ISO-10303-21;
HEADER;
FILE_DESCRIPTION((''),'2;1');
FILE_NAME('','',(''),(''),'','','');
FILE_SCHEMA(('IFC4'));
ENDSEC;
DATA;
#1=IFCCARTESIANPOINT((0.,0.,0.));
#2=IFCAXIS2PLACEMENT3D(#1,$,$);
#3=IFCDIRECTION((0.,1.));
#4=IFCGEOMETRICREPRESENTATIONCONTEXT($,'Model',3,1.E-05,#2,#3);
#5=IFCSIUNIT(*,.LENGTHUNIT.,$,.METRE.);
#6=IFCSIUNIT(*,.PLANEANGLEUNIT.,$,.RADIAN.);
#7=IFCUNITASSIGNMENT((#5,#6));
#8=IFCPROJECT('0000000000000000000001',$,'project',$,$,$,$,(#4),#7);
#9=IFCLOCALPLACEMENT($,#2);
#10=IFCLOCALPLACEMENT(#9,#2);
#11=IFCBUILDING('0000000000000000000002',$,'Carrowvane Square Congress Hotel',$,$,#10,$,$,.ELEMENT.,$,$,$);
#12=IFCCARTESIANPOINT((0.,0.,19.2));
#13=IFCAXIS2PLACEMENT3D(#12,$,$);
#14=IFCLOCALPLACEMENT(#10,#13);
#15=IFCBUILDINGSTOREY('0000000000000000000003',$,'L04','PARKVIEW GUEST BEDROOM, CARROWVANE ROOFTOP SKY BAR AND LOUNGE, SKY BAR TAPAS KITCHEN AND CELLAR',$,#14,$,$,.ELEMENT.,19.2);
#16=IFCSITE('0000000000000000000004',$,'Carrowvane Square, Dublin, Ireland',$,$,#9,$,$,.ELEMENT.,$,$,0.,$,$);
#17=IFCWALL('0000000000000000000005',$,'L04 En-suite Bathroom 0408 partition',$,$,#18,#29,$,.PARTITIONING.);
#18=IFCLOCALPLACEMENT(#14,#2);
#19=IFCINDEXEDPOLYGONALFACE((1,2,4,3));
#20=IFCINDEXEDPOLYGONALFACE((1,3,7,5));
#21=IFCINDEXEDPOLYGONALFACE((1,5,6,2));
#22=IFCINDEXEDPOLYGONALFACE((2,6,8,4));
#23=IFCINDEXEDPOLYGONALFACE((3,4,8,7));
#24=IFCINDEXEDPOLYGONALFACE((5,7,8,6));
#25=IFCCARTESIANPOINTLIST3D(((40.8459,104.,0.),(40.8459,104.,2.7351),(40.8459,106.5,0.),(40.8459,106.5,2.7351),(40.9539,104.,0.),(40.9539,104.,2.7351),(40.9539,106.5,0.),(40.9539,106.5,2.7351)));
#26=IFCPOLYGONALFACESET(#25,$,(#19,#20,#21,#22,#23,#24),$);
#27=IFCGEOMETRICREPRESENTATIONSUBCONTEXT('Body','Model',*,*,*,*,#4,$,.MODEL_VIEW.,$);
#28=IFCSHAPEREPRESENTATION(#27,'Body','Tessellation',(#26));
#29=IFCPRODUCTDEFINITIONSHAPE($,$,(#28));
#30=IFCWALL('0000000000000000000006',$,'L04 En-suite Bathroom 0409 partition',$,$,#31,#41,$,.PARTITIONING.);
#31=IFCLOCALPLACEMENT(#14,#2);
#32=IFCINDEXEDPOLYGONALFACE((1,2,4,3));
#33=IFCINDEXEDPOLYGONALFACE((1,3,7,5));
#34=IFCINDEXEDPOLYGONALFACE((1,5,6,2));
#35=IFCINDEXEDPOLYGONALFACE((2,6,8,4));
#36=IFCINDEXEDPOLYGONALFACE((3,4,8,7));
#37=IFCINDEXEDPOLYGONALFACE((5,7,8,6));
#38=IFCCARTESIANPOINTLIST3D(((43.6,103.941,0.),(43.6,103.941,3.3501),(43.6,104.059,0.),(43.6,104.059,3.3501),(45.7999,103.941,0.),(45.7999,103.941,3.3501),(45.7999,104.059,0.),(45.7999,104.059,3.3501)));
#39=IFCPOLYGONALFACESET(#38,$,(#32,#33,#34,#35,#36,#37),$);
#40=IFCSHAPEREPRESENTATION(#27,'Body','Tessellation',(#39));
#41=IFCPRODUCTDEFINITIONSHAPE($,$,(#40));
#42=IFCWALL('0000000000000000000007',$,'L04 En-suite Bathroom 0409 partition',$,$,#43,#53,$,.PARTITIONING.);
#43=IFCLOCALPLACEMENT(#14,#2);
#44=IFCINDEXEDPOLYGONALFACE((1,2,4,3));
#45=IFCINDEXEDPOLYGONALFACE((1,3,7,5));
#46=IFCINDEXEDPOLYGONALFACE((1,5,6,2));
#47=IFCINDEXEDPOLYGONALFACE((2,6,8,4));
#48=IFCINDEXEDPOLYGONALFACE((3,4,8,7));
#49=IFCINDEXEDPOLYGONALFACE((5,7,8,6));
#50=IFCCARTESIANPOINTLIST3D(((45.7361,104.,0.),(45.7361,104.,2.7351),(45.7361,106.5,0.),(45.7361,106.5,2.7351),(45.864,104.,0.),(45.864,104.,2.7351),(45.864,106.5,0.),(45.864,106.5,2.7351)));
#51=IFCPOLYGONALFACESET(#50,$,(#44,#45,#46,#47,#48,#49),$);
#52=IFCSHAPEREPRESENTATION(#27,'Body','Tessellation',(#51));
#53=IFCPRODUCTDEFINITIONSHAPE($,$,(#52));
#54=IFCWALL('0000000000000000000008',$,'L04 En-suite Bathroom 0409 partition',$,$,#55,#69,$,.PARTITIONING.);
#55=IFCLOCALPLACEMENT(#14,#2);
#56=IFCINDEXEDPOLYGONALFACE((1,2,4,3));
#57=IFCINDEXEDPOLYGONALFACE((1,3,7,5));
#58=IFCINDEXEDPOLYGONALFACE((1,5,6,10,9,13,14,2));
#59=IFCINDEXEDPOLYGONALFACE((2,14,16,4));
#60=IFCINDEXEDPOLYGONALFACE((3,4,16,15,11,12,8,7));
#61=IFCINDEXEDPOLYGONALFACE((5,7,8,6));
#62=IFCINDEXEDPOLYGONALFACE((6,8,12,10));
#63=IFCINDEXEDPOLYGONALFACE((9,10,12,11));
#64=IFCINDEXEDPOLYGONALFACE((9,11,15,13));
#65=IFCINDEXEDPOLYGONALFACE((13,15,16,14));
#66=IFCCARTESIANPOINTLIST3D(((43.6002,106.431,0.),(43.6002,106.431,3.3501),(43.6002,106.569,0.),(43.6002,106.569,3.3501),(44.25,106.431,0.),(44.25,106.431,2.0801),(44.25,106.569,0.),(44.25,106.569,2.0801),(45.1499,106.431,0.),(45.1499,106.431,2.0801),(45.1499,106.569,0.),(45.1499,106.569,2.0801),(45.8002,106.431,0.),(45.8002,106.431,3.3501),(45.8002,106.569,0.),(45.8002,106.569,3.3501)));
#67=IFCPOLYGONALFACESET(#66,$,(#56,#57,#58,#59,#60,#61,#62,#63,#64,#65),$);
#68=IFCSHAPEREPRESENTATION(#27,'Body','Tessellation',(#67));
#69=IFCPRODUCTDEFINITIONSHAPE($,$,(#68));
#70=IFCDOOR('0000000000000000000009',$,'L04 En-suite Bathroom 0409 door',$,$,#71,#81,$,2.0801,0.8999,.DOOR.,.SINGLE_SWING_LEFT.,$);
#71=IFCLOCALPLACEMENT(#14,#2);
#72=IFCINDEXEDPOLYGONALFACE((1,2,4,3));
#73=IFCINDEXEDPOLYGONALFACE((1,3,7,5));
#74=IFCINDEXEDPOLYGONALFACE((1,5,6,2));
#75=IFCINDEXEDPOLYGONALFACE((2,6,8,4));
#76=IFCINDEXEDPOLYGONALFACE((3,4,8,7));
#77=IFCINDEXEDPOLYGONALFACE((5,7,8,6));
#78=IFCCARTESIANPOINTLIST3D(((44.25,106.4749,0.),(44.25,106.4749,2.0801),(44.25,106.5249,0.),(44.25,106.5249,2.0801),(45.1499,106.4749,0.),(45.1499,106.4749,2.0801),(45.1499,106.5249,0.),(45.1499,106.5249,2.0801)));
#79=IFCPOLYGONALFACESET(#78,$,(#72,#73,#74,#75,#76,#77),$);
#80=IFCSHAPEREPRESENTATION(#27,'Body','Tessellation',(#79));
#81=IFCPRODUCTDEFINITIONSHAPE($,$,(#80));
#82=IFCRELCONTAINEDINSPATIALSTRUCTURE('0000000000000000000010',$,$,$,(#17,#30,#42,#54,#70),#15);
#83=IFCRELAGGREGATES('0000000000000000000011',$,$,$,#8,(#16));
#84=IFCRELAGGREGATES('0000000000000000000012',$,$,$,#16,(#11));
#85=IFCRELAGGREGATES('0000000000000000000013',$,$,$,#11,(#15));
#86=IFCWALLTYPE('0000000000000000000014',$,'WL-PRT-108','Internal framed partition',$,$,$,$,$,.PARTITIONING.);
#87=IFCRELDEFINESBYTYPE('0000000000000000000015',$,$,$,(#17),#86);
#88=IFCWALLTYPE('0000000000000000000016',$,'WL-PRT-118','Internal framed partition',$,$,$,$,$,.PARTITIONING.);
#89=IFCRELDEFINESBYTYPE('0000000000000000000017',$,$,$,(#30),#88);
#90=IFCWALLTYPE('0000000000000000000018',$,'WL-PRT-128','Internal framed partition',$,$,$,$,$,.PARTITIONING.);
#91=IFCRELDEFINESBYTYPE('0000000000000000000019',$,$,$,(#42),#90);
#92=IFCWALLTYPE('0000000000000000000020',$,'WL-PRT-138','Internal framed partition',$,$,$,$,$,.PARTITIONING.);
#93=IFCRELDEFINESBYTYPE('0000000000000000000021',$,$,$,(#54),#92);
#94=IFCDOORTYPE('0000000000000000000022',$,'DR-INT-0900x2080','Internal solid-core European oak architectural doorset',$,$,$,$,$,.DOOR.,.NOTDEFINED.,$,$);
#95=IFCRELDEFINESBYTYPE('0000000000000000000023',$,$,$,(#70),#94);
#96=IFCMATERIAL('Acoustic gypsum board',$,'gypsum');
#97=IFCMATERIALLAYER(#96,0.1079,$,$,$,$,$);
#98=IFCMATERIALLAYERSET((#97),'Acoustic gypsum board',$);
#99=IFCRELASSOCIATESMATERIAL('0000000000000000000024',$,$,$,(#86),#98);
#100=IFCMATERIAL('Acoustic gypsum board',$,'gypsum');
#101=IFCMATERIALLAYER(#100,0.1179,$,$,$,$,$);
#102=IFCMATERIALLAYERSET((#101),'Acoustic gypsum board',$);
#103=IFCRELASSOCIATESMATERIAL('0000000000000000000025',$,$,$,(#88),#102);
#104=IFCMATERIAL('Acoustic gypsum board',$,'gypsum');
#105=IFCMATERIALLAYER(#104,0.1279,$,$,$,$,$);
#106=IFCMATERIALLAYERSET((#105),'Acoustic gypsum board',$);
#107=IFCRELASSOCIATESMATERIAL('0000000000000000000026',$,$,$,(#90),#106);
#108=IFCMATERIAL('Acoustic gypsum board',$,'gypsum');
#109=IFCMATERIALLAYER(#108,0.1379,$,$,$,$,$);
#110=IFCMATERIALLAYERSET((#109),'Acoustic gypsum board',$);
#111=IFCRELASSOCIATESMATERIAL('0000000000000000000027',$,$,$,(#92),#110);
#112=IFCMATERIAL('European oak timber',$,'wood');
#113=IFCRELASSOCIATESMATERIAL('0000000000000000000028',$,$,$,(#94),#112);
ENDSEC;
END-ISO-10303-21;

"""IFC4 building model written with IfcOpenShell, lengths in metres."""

from ifc_helpers import new_model, si_unit, direction, frame, frame_2d, origin, place, context, subcontext, project, spatial, rectangle, extrude, material, layer, layer_set, type_object, element, fill, save


model = new_model("IFC4")

# Units and contexts
model_context = context("Model", 3, precision=1e-05, world=origin(), true_north=direction((0.0, 1.0)))
body_context = subcontext(model_context, "Body", "Model", "MODEL_VIEW")
ifc_project = project(units=[si_unit("LENGTHUNIT", "METRE"), si_unit("PLANEANGLEUNIT", "RADIAN")], contexts=[model_context])

# Site, building, storey
site_placement = place(None, origin())
site = spatial("IfcSite", under=ifc_project, at=site_placement, Name="Carrowvane Square, Dublin, Ireland", CompositionType="ELEMENT", RefElevation=0.0)
building_placement = place(site_placement, origin())
building = spatial("IfcBuilding", under=site, at=building_placement, Name="Carrowvane Square Congress Hotel", CompositionType="ELEMENT")
storey_placement = place(building_placement, frame((0.0, 0.0, 19.2)))
storey = spatial("IfcBuildingStorey", under=building, at=storey_placement, Name="L04", Description="PARKVIEW GUEST BEDROOM, CARROWVANE ROOFTOP SKY BAR AND LOUNGE, SKY BAR TAPAS KITCHEN AND CELLAR", CompositionType="ELEMENT", Elevation=19.2)

# Walls
ifc_material_1 = material(Name="Acoustic gypsum board", Category="gypsum")
ifc_layer_1 = layer(ifc_material_1, 0.1079)
ifc_layer_set_1 = layer_set([ifc_layer_1], Name="Acoustic gypsum board")
wall_type_1 = type_object("IfcWallType", Name="WL-PRT-108", Description="Internal framed partition", PredefinedType="PARTITIONING", material=ifc_layer_set_1)
wall_1_placement = place(storey_placement, frame((40.8999, 106.5, 0.0), z_axis=(0.0, 0.0, 1.0), x_axis=(0.0, -1.0, 0.0)))
element("IfcWall", 1, at=wall_1_placement, inside=storey, type_object=wall_type_1, Name="L04 En-suite Bathroom 0408 partition", PredefinedType="PARTITIONING", context=body_context, shape_type="SweptSolid", body=[
    extrude(rectangle(XDim=2.5, YDim=0.1079, at=frame_2d((1.25, 0.0))), origin(), (0.0, 0.0, 1.0), 2.7351),
])
ifc_material_2 = material(Name="Acoustic gypsum board", Category="gypsum")
ifc_layer_2 = layer(ifc_material_2, 0.1179)
ifc_layer_set_2 = layer_set([ifc_layer_2], Name="Acoustic gypsum board")
wall_type_2 = type_object("IfcWallType", Name="WL-PRT-118", Description="Internal framed partition", PredefinedType="PARTITIONING", material=ifc_layer_set_2)
wall_2_placement = place(storey_placement, frame((45.8, 104.0, 0.0), z_axis=(0.0, 0.0, 1.0), x_axis=(-1.0, 0.0, 0.0)))
element("IfcWall", 2, at=wall_2_placement, inside=storey, type_object=wall_type_2, Name="L04 En-suite Bathroom 0409 partition", PredefinedType="PARTITIONING", context=body_context, shape_type="SweptSolid", body=[
    extrude(rectangle(XDim=2.2, YDim=0.1179, at=frame_2d((1.1001, 0.0))), origin(), (0.0, 0.0, 1.0), 3.3501),
])
ifc_material_3 = material(Name="Acoustic gypsum board", Category="gypsum")
ifc_layer_3 = layer(ifc_material_3, 0.1279)
ifc_layer_set_3 = layer_set([ifc_layer_3], Name="Acoustic gypsum board")
wall_type_3 = type_object("IfcWallType", Name="WL-PRT-128", Description="Internal framed partition", PredefinedType="PARTITIONING", material=ifc_layer_set_3)
wall_3_placement = place(storey_placement, frame((45.8, 106.5, 0.0), z_axis=(0.0, 0.0, 1.0), x_axis=(0.0, -1.0, 0.0)))
element("IfcWall", 3, at=wall_3_placement, inside=storey, type_object=wall_type_3, Name="L04 En-suite Bathroom 0409 partition", PredefinedType="PARTITIONING", context=body_context, shape_type="SweptSolid", body=[
    extrude(rectangle(XDim=2.5, YDim=0.1279, at=frame_2d((1.25, 0.0))), origin(), (0.0, 0.0, 1.0), 2.7351),
])

# Wall, opening, door
ifc_material_4 = material(Name="Acoustic gypsum board", Category="gypsum")
ifc_layer_4 = layer(ifc_material_4, 0.1379)
ifc_layer_set_4 = layer_set([ifc_layer_4], Name="Acoustic gypsum board")
wall_type_4 = type_object("IfcWallType", Name="WL-PRT-138", Description="Internal framed partition", PredefinedType="PARTITIONING", material=ifc_layer_set_4)
wall_4_placement = place(storey_placement, frame((43.6001, 106.5, 0.0), z_axis=(0.0, 0.0, 1.0), x_axis=(1.0, 0.0, 0.0)))
wall_4 = element("IfcWall", 4, at=wall_4_placement, inside=storey, type_object=wall_type_4, Name="L04 En-suite Bathroom 0409 partition", PredefinedType="PARTITIONING", context=body_context, shape_type="SweptSolid", body=[
    extrude(rectangle(XDim=2.2, YDim=0.1379, at=frame_2d((1.1001, 0.0))), origin(), (0.0, 0.0, 1.0), 3.3501),
])
opening_1_placement = place(wall_4_placement, frame((0.6499, 0.0, 0.0)))
opening_1 = element("IfcOpeningElement", 5, at=opening_1_placement, cuts=wall_4, PredefinedType="OPENING", context=body_context, shape_type="SweptSolid", body=[
    extrude(rectangle(XDim=0.8999, YDim=2.0801, at=frame_2d((0.45, 1.04))), frame((0.0, 0.0789, 0.0), z_axis=(0.0, -1.0, 0.0), x_axis=(1.0, 0.0, 0.0)), (0.0, 0.0, 1.0), 0.158),
])
ifc_material_5 = material(Name="European oak timber", Category="wood")
door_type_1 = type_object("IfcDoorType", Name="DR-INT-0900x2080", Description="Internal solid-core European oak architectural doorset", OperationType="NOTDEFINED", PredefinedType="DOOR", material=ifc_material_5)
door_1_placement = place(opening_1_placement, origin())
door_1 = element("IfcDoor", 6, at=door_1_placement, inside=storey, type_object=door_type_1, Name="L04 En-suite Bathroom 0409 door", OperationType="SINGLE_SWING_LEFT", OverallHeight=2.0801, OverallWidth=0.8999, PredefinedType="DOOR", context=body_context, shape_type="SweptSolid", body=[
    extrude(rectangle(XDim=0.8999, YDim=2.0801, at=frame_2d((0.45, 1.04))), frame((0.0, 0.0249, 0.0), z_axis=(0.0, -1.0, 0.0), x_axis=(1.0, 0.0, 0.0)), (0.0, 0.0, 1.0), 0.05),
])
fill(opening_1, door_1)

save(model, "model.ifc")
